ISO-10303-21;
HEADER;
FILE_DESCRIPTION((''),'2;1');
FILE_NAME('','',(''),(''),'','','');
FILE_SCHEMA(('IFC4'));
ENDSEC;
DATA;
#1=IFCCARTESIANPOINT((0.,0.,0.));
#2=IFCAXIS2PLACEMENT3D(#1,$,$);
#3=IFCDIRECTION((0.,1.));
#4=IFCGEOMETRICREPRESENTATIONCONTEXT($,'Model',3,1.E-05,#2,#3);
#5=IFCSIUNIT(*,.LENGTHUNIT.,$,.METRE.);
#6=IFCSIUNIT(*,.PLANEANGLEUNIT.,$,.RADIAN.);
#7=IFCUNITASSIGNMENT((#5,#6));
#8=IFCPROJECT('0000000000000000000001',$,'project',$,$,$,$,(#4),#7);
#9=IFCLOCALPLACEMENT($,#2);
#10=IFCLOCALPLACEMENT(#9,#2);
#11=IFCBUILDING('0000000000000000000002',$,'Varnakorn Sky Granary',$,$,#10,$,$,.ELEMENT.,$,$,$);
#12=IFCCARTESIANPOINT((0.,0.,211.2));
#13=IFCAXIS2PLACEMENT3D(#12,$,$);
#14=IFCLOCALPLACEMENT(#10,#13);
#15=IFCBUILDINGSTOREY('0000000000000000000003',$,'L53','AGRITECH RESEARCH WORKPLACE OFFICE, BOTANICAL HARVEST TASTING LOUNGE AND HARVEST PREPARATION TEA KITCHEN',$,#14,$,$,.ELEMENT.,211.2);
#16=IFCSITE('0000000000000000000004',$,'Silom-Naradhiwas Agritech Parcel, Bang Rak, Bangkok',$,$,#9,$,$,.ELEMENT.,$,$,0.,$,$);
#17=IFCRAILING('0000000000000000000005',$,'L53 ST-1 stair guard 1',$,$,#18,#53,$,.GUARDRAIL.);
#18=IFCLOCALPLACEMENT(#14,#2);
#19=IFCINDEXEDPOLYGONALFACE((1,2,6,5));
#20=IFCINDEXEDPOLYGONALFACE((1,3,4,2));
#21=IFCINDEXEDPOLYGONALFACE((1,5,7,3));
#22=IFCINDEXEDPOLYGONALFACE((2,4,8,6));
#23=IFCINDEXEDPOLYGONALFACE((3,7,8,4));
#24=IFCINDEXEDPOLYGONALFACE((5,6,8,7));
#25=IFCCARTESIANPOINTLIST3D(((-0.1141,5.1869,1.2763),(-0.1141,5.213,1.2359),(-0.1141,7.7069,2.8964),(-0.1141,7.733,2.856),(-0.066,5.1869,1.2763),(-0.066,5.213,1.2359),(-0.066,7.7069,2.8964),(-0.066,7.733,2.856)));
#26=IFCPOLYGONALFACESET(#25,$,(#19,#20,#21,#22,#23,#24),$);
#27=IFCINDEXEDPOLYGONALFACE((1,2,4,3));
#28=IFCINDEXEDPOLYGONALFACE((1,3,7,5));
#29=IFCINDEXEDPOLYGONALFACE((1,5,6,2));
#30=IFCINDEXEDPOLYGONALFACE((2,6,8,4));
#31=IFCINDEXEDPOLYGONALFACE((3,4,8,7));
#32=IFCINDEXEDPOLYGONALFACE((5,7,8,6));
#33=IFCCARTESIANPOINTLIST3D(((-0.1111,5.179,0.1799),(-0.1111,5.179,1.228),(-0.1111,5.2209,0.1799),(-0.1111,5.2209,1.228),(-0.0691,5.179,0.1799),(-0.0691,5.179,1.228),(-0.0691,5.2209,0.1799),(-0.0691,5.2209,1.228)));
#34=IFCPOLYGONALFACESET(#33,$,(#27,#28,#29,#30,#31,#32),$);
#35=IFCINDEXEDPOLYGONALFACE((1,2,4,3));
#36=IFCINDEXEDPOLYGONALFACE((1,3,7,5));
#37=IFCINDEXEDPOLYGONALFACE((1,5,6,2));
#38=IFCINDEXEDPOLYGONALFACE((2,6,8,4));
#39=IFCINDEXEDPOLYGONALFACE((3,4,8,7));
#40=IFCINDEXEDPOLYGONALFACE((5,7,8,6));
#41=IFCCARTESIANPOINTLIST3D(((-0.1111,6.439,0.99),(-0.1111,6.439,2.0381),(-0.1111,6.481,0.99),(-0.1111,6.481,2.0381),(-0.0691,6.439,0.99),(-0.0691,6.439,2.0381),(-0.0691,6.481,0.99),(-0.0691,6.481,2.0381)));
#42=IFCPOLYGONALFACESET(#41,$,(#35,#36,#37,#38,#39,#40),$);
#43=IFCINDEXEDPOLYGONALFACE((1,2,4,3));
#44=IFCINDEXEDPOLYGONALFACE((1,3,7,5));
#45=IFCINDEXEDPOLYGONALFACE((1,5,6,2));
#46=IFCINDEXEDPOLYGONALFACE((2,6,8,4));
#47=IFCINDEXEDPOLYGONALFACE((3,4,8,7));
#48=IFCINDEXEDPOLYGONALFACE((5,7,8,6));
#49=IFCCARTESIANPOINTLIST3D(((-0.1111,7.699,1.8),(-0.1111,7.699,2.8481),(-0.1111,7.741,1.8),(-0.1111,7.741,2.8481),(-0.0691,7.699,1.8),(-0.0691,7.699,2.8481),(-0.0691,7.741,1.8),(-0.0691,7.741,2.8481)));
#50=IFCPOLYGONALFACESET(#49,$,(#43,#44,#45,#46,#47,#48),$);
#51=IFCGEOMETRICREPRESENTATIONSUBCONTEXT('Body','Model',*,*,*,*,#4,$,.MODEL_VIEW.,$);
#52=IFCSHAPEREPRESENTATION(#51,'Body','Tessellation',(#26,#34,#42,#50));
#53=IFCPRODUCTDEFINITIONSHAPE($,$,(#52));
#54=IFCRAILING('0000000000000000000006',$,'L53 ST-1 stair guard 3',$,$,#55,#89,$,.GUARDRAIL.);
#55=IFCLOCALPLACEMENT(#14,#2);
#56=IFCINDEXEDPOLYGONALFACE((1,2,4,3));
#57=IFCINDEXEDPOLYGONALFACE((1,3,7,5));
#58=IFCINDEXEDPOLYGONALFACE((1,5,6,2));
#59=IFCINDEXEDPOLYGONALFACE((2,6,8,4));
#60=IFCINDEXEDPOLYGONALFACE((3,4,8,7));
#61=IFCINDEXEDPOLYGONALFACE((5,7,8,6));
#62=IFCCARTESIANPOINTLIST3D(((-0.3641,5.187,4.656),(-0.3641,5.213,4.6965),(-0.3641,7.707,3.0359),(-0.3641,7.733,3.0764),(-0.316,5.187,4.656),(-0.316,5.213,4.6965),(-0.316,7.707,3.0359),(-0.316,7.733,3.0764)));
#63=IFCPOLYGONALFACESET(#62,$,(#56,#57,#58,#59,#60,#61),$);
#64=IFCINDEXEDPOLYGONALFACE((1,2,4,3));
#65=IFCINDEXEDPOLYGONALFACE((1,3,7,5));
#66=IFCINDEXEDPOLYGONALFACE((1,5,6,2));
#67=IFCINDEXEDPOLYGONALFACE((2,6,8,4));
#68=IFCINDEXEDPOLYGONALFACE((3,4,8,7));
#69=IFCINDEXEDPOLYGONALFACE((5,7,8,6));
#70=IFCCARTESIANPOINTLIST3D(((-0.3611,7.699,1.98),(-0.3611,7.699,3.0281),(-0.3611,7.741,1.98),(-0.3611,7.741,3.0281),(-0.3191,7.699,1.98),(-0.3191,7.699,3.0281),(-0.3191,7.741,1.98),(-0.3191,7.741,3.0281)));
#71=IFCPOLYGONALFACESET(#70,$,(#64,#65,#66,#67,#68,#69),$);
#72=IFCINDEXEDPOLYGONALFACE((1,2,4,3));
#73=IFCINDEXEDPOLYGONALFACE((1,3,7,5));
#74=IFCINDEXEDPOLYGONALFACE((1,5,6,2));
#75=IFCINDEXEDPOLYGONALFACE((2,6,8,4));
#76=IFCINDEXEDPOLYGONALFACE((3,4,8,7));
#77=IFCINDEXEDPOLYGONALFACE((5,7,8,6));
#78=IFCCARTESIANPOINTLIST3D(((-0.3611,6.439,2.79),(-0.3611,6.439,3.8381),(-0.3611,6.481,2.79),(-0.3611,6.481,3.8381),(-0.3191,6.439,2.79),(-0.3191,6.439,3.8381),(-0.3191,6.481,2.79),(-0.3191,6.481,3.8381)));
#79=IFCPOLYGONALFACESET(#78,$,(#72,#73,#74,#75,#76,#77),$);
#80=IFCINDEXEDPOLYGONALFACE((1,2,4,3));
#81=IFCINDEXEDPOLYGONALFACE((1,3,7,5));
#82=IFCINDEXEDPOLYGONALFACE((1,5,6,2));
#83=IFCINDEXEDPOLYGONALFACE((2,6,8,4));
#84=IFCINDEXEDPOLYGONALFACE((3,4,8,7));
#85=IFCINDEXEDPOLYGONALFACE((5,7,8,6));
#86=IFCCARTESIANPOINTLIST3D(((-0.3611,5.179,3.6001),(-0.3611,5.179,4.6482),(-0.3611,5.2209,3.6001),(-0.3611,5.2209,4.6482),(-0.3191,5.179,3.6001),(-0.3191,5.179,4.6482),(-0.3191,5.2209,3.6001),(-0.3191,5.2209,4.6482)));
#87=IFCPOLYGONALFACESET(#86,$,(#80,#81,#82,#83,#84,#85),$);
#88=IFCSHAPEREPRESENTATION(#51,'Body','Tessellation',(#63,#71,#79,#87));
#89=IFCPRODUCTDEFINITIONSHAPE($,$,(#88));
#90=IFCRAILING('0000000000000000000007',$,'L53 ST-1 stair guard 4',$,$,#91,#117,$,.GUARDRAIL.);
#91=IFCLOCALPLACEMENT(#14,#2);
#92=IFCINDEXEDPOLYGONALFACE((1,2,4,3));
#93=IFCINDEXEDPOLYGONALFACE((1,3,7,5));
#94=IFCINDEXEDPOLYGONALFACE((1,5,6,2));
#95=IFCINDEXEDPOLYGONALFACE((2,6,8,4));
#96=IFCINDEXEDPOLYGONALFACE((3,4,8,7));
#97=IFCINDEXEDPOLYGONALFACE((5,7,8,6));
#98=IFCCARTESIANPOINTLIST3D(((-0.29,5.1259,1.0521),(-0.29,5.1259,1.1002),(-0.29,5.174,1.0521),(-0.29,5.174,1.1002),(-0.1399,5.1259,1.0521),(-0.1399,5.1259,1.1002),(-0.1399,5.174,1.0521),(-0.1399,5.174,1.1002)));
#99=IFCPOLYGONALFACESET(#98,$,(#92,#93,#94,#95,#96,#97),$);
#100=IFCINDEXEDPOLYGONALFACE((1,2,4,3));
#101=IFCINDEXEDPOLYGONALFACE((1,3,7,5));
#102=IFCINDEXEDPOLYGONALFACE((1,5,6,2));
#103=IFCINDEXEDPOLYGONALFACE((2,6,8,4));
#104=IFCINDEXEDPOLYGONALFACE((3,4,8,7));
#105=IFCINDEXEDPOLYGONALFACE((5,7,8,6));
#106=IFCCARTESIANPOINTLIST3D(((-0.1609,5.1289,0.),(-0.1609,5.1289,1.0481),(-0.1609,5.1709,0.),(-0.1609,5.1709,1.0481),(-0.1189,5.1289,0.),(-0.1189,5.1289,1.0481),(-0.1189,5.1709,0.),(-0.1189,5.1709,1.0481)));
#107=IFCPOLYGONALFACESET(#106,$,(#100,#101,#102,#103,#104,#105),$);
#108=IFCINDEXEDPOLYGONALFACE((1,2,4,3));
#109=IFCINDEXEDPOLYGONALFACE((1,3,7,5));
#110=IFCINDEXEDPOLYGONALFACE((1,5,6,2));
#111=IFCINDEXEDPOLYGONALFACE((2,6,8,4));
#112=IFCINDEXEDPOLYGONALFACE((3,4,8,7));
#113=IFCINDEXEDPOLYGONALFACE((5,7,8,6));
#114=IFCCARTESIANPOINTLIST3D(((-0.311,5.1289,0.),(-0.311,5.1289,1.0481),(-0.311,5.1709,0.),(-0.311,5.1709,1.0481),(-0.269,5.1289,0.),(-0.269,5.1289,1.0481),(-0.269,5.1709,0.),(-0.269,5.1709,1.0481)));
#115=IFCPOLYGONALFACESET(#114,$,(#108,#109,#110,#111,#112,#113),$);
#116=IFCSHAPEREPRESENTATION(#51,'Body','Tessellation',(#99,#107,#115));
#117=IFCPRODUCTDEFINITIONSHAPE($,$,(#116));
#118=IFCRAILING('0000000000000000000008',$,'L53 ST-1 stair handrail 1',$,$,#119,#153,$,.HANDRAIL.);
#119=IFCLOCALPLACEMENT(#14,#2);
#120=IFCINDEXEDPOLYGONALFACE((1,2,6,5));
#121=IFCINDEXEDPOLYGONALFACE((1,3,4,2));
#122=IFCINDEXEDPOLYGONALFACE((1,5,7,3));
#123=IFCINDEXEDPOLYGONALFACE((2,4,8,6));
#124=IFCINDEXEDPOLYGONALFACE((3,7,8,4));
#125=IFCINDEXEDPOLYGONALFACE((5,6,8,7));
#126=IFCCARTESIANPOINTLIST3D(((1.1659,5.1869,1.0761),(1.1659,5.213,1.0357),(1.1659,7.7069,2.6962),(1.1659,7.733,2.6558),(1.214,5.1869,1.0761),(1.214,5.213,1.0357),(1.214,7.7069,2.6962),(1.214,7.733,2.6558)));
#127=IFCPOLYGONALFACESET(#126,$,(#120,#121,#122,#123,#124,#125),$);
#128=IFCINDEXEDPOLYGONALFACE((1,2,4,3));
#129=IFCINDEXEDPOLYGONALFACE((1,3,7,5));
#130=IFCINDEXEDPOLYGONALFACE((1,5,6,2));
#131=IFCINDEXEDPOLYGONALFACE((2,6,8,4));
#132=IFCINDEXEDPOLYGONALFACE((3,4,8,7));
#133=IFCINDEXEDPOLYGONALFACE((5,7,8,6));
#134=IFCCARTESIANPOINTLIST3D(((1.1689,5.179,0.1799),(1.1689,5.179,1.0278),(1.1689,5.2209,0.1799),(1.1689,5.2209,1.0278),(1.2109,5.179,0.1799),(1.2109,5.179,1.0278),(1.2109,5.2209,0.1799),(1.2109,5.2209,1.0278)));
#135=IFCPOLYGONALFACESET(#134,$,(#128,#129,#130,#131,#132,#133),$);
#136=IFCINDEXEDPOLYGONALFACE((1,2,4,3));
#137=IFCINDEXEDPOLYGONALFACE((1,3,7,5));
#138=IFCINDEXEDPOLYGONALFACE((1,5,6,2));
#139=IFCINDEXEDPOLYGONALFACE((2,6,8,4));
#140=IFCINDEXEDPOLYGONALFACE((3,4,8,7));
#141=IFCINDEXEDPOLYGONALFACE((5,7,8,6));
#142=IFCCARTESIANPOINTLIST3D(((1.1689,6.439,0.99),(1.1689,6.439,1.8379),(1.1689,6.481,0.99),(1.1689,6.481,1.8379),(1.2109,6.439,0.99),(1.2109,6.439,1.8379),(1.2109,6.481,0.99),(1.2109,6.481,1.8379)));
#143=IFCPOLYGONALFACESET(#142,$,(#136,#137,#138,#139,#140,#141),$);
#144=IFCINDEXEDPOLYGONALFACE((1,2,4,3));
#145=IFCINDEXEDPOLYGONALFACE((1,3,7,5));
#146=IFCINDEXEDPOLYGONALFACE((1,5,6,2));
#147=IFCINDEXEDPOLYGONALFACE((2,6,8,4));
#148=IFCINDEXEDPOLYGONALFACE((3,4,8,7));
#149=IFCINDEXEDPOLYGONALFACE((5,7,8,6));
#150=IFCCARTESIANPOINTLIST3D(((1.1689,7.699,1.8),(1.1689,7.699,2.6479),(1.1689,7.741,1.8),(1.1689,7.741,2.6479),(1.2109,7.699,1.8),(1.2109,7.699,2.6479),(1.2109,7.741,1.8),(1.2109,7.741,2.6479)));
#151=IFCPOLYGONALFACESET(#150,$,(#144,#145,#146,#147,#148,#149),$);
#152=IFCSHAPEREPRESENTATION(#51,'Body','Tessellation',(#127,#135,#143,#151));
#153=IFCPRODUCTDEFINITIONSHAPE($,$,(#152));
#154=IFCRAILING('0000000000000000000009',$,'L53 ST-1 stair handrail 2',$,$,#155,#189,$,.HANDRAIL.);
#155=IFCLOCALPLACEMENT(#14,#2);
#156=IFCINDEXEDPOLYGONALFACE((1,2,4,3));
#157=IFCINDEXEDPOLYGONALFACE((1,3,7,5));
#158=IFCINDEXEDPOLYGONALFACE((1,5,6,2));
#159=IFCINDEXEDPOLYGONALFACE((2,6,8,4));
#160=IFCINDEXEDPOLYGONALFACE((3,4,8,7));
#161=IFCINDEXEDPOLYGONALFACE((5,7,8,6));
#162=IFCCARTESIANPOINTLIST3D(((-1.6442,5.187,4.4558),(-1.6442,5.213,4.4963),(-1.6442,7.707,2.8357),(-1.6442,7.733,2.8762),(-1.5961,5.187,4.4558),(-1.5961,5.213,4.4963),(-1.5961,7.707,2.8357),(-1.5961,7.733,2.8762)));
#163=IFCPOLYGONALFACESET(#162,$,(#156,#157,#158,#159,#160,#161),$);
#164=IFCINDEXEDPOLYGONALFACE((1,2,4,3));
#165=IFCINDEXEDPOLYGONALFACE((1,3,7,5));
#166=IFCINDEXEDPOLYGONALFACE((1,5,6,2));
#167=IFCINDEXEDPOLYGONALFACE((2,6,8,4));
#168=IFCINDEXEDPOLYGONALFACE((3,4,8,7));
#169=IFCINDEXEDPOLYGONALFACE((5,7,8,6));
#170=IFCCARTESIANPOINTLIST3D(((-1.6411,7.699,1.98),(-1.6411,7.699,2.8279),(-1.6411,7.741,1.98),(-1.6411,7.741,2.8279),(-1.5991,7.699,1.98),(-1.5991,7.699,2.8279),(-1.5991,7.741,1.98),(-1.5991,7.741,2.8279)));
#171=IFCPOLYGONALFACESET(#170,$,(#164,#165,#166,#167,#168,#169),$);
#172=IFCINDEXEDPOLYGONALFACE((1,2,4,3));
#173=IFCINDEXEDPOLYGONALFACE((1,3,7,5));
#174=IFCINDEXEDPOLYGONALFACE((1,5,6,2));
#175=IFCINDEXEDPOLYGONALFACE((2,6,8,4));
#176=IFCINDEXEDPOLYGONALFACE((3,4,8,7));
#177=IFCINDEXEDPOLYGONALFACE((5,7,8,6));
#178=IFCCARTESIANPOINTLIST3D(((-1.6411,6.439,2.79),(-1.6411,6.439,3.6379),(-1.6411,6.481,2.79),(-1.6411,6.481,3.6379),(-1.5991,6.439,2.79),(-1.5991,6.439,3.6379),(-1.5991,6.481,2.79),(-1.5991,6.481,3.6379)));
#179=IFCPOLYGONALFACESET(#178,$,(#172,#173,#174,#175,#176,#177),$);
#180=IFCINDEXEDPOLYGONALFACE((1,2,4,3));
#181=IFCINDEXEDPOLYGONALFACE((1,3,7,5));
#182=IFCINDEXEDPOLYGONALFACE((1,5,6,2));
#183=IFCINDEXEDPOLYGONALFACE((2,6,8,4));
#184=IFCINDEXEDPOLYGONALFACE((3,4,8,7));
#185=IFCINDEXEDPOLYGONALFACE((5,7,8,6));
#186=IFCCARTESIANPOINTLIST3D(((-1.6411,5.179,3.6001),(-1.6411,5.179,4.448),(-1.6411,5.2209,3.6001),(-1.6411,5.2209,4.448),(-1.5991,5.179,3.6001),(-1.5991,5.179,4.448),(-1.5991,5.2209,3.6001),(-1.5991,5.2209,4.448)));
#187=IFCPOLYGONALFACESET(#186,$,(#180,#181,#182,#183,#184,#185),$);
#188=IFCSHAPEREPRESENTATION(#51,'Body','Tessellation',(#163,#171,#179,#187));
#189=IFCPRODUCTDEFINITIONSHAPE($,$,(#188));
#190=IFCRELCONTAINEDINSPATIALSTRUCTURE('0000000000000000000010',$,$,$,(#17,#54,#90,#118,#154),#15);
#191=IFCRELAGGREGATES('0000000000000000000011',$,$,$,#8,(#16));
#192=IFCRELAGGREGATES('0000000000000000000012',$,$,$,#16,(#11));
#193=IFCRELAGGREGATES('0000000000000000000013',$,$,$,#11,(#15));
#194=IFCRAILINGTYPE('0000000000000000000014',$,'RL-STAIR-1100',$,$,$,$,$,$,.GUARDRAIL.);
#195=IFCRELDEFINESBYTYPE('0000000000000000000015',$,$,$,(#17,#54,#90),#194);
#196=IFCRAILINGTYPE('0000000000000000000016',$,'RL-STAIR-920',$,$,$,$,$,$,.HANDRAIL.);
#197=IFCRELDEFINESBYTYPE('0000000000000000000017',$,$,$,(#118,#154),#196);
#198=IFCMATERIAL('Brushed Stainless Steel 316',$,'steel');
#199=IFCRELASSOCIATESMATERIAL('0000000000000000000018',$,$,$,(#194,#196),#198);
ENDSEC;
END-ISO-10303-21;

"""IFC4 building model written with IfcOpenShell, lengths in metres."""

from ifc_helpers import new_model, si_unit, direction, frame, origin, origin_2d, place, context, subcontext, project, spatial, rectangle, extrude, material, type_object, element, save


model = new_model("IFC4")

# Units and contexts
model_context = context("Model", 3, precision=1e-05, world=origin(), true_north=direction((0.0, 1.0)))
body_context = subcontext(model_context, "Body", "Model", "MODEL_VIEW")
ifc_project = project(units=[si_unit("LENGTHUNIT", "METRE"), si_unit("PLANEANGLEUNIT", "RADIAN")], contexts=[model_context])

# Site, building, storey
site_placement = place(None, origin())
site = spatial("IfcSite", under=ifc_project, at=site_placement, Name="Silom-Naradhiwas Agritech Parcel, Bang Rak, Bangkok", CompositionType="ELEMENT", RefElevation=0.0)
building_placement = place(site_placement, origin())
building = spatial("IfcBuilding", under=site, at=building_placement, Name="Varnakorn Sky Granary", CompositionType="ELEMENT")
storey_placement = place(building_placement, frame((0.0, 0.0, 211.2)))
storey = spatial("IfcBuildingStorey", under=building, at=storey_placement, Name="L53", Description="AGRITECH RESEARCH WORKPLACE OFFICE, BOTANICAL HARVEST TASTING LOUNGE AND HARVEST PREPARATION TEA KITCHEN", CompositionType="ELEMENT", Elevation=211.2)

# Railings
ifc_material_1 = material(Name="Brushed Stainless Steel 316", Category="steel")
railing_type_1 = type_object("IfcRailingType", Name="RL-STAIR-1100", PredefinedType="GUARDRAIL", material=ifc_material_1)
railing_1_placement = place(storey_placement, frame((-0.0901, 5.2, 0.1799)))
element("IfcRailing", 1, at=railing_1_placement, inside=storey, type_object=railing_type_1, Name="L53 ST-1 stair guard 1", PredefinedType="GUARDRAIL", context=body_context, shape_type="SweptSolid", body=[
    extrude(rectangle(XDim=0.0481, YDim=0.0481, at=origin_2d()), frame((0.0, 0.0, 1.0762), z_axis=(0.0, 0.841163, 0.540782), x_axis=(-1.0, 0.0, 0.0)), (0.0, 0.0, 1.0), 2.9958),
    extrude(rectangle(XDim=0.042, YDim=0.042, at=origin_2d()), origin(), (0.0, 0.0, 1.0), 1.0481),
    extrude(rectangle(XDim=0.042, YDim=0.042, at=origin_2d()), frame((0.0, 1.26, 0.8101)), (0.0, 0.0, 1.0), 1.0481),
    extrude(rectangle(XDim=0.042, YDim=0.042, at=origin_2d()), frame((0.0, 2.52, 1.6201)), (0.0, 0.0, 1.0), 1.0481),
])
railing_2_placement = place(storey_placement, frame((-0.3401, 7.72, 1.98)))
element("IfcRailing", 2, at=railing_2_placement, inside=storey, type_object=railing_type_1, Name="L53 ST-1 stair guard 3", PredefinedType="GUARDRAIL", context=body_context, shape_type="SweptSolid", body=[
    extrude(rectangle(XDim=0.0481, YDim=0.0481, at=origin_2d()), frame((0.0, 0.0, 1.0762), z_axis=(0.0, -0.841163, 0.540782), x_axis=(1.0, 0.0, 0.0)), (0.0, 0.0, 1.0), 2.9958),
    extrude(rectangle(XDim=0.042, YDim=0.042, at=origin_2d()), origin(), (0.0, 0.0, 1.0), 1.0481),
    extrude(rectangle(XDim=0.042, YDim=0.042, at=origin_2d()), frame((0.0, -1.26, 0.8101)), (0.0, 0.0, 1.0), 1.0481),
    extrude(rectangle(XDim=0.042, YDim=0.042, at=origin_2d()), frame((0.0, -2.52, 1.6201)), (0.0, 0.0, 1.0), 1.0481),
])
railing_3_placement = place(storey_placement, frame((-0.1399, 5.1499, 0.0)))
element("IfcRailing", 3, at=railing_3_placement, inside=storey, type_object=railing_type_1, Name="L53 ST-1 stair guard 4", PredefinedType="GUARDRAIL", context=body_context, shape_type="SweptSolid", body=[
    extrude(rectangle(XDim=0.0481, YDim=0.0481, at=origin_2d()), frame((0.0, 0.0, 1.0762), z_axis=(-1.0, 0.0, 0.0), x_axis=(0.0, -1.0, 0.0)), (0.0, 0.0, 1.0), 0.1501),
    extrude(rectangle(XDim=0.042, YDim=0.042, at=origin_2d()), origin(), (0.0, 0.0, 1.0), 1.0481),
    extrude(rectangle(XDim=0.042, YDim=0.042, at=origin_2d()), frame((-0.1501, 0.0, 0.0)), (0.0, 0.0, 1.0), 1.0481),
])
railing_type_2 = type_object("IfcRailingType", Name="RL-STAIR-920", PredefinedType="HANDRAIL", material=ifc_material_1)
railing_4_placement = place(storey_placement, frame((1.1899, 5.2, 0.1799)))
element("IfcRailing", 4, at=railing_4_placement, inside=storey, type_object=railing_type_2, Name="L53 ST-1 stair handrail 1", PredefinedType="HANDRAIL", context=body_context, shape_type="SweptSolid", body=[
    extrude(rectangle(XDim=0.0481, YDim=0.0481, at=origin_2d()), frame((0.0, 0.0, 0.876), z_axis=(0.0, 0.841163, 0.540782), x_axis=(-1.0, 0.0, 0.0)), (0.0, 0.0, 1.0), 2.9958),
    extrude(rectangle(XDim=0.042, YDim=0.042, at=origin_2d()), origin(), (0.0, 0.0, 1.0), 0.8479),
    extrude(rectangle(XDim=0.042, YDim=0.042, at=origin_2d()), frame((0.0, 1.26, 0.8101)), (0.0, 0.0, 1.0), 0.8479),
    extrude(rectangle(XDim=0.042, YDim=0.042, at=origin_2d()), frame((0.0, 2.52, 1.6201)), (0.0, 0.0, 1.0), 0.8479),
])
railing_5_placement = place(storey_placement, frame((-1.6201, 7.72, 1.98)))
element("IfcRailing", 5, at=railing_5_placement, inside=storey, type_object=railing_type_2, Name="L53 ST-1 stair handrail 2", PredefinedType="HANDRAIL", context=body_context, shape_type="SweptSolid", body=[
    extrude(rectangle(XDim=0.0481, YDim=0.0481, at=origin_2d()), frame((0.0, 0.0, 0.876), z_axis=(0.0, -0.841163, 0.540782), x_axis=(1.0, 0.0, 0.0)), (0.0, 0.0, 1.0), 2.9958),
    extrude(rectangle(XDim=0.042, YDim=0.042, at=origin_2d()), origin(), (0.0, 0.0, 1.0), 0.8479),
    extrude(rectangle(XDim=0.042, YDim=0.042, at=origin_2d()), frame((0.0, -1.26, 0.8101)), (0.0, 0.0, 1.0), 0.8479),
    extrude(rectangle(XDim=0.042, YDim=0.042, at=origin_2d()), frame((0.0, -2.52, 1.6201)), (0.0, 0.0, 1.0), 0.8479),
])

save(model, "model.ifc")
